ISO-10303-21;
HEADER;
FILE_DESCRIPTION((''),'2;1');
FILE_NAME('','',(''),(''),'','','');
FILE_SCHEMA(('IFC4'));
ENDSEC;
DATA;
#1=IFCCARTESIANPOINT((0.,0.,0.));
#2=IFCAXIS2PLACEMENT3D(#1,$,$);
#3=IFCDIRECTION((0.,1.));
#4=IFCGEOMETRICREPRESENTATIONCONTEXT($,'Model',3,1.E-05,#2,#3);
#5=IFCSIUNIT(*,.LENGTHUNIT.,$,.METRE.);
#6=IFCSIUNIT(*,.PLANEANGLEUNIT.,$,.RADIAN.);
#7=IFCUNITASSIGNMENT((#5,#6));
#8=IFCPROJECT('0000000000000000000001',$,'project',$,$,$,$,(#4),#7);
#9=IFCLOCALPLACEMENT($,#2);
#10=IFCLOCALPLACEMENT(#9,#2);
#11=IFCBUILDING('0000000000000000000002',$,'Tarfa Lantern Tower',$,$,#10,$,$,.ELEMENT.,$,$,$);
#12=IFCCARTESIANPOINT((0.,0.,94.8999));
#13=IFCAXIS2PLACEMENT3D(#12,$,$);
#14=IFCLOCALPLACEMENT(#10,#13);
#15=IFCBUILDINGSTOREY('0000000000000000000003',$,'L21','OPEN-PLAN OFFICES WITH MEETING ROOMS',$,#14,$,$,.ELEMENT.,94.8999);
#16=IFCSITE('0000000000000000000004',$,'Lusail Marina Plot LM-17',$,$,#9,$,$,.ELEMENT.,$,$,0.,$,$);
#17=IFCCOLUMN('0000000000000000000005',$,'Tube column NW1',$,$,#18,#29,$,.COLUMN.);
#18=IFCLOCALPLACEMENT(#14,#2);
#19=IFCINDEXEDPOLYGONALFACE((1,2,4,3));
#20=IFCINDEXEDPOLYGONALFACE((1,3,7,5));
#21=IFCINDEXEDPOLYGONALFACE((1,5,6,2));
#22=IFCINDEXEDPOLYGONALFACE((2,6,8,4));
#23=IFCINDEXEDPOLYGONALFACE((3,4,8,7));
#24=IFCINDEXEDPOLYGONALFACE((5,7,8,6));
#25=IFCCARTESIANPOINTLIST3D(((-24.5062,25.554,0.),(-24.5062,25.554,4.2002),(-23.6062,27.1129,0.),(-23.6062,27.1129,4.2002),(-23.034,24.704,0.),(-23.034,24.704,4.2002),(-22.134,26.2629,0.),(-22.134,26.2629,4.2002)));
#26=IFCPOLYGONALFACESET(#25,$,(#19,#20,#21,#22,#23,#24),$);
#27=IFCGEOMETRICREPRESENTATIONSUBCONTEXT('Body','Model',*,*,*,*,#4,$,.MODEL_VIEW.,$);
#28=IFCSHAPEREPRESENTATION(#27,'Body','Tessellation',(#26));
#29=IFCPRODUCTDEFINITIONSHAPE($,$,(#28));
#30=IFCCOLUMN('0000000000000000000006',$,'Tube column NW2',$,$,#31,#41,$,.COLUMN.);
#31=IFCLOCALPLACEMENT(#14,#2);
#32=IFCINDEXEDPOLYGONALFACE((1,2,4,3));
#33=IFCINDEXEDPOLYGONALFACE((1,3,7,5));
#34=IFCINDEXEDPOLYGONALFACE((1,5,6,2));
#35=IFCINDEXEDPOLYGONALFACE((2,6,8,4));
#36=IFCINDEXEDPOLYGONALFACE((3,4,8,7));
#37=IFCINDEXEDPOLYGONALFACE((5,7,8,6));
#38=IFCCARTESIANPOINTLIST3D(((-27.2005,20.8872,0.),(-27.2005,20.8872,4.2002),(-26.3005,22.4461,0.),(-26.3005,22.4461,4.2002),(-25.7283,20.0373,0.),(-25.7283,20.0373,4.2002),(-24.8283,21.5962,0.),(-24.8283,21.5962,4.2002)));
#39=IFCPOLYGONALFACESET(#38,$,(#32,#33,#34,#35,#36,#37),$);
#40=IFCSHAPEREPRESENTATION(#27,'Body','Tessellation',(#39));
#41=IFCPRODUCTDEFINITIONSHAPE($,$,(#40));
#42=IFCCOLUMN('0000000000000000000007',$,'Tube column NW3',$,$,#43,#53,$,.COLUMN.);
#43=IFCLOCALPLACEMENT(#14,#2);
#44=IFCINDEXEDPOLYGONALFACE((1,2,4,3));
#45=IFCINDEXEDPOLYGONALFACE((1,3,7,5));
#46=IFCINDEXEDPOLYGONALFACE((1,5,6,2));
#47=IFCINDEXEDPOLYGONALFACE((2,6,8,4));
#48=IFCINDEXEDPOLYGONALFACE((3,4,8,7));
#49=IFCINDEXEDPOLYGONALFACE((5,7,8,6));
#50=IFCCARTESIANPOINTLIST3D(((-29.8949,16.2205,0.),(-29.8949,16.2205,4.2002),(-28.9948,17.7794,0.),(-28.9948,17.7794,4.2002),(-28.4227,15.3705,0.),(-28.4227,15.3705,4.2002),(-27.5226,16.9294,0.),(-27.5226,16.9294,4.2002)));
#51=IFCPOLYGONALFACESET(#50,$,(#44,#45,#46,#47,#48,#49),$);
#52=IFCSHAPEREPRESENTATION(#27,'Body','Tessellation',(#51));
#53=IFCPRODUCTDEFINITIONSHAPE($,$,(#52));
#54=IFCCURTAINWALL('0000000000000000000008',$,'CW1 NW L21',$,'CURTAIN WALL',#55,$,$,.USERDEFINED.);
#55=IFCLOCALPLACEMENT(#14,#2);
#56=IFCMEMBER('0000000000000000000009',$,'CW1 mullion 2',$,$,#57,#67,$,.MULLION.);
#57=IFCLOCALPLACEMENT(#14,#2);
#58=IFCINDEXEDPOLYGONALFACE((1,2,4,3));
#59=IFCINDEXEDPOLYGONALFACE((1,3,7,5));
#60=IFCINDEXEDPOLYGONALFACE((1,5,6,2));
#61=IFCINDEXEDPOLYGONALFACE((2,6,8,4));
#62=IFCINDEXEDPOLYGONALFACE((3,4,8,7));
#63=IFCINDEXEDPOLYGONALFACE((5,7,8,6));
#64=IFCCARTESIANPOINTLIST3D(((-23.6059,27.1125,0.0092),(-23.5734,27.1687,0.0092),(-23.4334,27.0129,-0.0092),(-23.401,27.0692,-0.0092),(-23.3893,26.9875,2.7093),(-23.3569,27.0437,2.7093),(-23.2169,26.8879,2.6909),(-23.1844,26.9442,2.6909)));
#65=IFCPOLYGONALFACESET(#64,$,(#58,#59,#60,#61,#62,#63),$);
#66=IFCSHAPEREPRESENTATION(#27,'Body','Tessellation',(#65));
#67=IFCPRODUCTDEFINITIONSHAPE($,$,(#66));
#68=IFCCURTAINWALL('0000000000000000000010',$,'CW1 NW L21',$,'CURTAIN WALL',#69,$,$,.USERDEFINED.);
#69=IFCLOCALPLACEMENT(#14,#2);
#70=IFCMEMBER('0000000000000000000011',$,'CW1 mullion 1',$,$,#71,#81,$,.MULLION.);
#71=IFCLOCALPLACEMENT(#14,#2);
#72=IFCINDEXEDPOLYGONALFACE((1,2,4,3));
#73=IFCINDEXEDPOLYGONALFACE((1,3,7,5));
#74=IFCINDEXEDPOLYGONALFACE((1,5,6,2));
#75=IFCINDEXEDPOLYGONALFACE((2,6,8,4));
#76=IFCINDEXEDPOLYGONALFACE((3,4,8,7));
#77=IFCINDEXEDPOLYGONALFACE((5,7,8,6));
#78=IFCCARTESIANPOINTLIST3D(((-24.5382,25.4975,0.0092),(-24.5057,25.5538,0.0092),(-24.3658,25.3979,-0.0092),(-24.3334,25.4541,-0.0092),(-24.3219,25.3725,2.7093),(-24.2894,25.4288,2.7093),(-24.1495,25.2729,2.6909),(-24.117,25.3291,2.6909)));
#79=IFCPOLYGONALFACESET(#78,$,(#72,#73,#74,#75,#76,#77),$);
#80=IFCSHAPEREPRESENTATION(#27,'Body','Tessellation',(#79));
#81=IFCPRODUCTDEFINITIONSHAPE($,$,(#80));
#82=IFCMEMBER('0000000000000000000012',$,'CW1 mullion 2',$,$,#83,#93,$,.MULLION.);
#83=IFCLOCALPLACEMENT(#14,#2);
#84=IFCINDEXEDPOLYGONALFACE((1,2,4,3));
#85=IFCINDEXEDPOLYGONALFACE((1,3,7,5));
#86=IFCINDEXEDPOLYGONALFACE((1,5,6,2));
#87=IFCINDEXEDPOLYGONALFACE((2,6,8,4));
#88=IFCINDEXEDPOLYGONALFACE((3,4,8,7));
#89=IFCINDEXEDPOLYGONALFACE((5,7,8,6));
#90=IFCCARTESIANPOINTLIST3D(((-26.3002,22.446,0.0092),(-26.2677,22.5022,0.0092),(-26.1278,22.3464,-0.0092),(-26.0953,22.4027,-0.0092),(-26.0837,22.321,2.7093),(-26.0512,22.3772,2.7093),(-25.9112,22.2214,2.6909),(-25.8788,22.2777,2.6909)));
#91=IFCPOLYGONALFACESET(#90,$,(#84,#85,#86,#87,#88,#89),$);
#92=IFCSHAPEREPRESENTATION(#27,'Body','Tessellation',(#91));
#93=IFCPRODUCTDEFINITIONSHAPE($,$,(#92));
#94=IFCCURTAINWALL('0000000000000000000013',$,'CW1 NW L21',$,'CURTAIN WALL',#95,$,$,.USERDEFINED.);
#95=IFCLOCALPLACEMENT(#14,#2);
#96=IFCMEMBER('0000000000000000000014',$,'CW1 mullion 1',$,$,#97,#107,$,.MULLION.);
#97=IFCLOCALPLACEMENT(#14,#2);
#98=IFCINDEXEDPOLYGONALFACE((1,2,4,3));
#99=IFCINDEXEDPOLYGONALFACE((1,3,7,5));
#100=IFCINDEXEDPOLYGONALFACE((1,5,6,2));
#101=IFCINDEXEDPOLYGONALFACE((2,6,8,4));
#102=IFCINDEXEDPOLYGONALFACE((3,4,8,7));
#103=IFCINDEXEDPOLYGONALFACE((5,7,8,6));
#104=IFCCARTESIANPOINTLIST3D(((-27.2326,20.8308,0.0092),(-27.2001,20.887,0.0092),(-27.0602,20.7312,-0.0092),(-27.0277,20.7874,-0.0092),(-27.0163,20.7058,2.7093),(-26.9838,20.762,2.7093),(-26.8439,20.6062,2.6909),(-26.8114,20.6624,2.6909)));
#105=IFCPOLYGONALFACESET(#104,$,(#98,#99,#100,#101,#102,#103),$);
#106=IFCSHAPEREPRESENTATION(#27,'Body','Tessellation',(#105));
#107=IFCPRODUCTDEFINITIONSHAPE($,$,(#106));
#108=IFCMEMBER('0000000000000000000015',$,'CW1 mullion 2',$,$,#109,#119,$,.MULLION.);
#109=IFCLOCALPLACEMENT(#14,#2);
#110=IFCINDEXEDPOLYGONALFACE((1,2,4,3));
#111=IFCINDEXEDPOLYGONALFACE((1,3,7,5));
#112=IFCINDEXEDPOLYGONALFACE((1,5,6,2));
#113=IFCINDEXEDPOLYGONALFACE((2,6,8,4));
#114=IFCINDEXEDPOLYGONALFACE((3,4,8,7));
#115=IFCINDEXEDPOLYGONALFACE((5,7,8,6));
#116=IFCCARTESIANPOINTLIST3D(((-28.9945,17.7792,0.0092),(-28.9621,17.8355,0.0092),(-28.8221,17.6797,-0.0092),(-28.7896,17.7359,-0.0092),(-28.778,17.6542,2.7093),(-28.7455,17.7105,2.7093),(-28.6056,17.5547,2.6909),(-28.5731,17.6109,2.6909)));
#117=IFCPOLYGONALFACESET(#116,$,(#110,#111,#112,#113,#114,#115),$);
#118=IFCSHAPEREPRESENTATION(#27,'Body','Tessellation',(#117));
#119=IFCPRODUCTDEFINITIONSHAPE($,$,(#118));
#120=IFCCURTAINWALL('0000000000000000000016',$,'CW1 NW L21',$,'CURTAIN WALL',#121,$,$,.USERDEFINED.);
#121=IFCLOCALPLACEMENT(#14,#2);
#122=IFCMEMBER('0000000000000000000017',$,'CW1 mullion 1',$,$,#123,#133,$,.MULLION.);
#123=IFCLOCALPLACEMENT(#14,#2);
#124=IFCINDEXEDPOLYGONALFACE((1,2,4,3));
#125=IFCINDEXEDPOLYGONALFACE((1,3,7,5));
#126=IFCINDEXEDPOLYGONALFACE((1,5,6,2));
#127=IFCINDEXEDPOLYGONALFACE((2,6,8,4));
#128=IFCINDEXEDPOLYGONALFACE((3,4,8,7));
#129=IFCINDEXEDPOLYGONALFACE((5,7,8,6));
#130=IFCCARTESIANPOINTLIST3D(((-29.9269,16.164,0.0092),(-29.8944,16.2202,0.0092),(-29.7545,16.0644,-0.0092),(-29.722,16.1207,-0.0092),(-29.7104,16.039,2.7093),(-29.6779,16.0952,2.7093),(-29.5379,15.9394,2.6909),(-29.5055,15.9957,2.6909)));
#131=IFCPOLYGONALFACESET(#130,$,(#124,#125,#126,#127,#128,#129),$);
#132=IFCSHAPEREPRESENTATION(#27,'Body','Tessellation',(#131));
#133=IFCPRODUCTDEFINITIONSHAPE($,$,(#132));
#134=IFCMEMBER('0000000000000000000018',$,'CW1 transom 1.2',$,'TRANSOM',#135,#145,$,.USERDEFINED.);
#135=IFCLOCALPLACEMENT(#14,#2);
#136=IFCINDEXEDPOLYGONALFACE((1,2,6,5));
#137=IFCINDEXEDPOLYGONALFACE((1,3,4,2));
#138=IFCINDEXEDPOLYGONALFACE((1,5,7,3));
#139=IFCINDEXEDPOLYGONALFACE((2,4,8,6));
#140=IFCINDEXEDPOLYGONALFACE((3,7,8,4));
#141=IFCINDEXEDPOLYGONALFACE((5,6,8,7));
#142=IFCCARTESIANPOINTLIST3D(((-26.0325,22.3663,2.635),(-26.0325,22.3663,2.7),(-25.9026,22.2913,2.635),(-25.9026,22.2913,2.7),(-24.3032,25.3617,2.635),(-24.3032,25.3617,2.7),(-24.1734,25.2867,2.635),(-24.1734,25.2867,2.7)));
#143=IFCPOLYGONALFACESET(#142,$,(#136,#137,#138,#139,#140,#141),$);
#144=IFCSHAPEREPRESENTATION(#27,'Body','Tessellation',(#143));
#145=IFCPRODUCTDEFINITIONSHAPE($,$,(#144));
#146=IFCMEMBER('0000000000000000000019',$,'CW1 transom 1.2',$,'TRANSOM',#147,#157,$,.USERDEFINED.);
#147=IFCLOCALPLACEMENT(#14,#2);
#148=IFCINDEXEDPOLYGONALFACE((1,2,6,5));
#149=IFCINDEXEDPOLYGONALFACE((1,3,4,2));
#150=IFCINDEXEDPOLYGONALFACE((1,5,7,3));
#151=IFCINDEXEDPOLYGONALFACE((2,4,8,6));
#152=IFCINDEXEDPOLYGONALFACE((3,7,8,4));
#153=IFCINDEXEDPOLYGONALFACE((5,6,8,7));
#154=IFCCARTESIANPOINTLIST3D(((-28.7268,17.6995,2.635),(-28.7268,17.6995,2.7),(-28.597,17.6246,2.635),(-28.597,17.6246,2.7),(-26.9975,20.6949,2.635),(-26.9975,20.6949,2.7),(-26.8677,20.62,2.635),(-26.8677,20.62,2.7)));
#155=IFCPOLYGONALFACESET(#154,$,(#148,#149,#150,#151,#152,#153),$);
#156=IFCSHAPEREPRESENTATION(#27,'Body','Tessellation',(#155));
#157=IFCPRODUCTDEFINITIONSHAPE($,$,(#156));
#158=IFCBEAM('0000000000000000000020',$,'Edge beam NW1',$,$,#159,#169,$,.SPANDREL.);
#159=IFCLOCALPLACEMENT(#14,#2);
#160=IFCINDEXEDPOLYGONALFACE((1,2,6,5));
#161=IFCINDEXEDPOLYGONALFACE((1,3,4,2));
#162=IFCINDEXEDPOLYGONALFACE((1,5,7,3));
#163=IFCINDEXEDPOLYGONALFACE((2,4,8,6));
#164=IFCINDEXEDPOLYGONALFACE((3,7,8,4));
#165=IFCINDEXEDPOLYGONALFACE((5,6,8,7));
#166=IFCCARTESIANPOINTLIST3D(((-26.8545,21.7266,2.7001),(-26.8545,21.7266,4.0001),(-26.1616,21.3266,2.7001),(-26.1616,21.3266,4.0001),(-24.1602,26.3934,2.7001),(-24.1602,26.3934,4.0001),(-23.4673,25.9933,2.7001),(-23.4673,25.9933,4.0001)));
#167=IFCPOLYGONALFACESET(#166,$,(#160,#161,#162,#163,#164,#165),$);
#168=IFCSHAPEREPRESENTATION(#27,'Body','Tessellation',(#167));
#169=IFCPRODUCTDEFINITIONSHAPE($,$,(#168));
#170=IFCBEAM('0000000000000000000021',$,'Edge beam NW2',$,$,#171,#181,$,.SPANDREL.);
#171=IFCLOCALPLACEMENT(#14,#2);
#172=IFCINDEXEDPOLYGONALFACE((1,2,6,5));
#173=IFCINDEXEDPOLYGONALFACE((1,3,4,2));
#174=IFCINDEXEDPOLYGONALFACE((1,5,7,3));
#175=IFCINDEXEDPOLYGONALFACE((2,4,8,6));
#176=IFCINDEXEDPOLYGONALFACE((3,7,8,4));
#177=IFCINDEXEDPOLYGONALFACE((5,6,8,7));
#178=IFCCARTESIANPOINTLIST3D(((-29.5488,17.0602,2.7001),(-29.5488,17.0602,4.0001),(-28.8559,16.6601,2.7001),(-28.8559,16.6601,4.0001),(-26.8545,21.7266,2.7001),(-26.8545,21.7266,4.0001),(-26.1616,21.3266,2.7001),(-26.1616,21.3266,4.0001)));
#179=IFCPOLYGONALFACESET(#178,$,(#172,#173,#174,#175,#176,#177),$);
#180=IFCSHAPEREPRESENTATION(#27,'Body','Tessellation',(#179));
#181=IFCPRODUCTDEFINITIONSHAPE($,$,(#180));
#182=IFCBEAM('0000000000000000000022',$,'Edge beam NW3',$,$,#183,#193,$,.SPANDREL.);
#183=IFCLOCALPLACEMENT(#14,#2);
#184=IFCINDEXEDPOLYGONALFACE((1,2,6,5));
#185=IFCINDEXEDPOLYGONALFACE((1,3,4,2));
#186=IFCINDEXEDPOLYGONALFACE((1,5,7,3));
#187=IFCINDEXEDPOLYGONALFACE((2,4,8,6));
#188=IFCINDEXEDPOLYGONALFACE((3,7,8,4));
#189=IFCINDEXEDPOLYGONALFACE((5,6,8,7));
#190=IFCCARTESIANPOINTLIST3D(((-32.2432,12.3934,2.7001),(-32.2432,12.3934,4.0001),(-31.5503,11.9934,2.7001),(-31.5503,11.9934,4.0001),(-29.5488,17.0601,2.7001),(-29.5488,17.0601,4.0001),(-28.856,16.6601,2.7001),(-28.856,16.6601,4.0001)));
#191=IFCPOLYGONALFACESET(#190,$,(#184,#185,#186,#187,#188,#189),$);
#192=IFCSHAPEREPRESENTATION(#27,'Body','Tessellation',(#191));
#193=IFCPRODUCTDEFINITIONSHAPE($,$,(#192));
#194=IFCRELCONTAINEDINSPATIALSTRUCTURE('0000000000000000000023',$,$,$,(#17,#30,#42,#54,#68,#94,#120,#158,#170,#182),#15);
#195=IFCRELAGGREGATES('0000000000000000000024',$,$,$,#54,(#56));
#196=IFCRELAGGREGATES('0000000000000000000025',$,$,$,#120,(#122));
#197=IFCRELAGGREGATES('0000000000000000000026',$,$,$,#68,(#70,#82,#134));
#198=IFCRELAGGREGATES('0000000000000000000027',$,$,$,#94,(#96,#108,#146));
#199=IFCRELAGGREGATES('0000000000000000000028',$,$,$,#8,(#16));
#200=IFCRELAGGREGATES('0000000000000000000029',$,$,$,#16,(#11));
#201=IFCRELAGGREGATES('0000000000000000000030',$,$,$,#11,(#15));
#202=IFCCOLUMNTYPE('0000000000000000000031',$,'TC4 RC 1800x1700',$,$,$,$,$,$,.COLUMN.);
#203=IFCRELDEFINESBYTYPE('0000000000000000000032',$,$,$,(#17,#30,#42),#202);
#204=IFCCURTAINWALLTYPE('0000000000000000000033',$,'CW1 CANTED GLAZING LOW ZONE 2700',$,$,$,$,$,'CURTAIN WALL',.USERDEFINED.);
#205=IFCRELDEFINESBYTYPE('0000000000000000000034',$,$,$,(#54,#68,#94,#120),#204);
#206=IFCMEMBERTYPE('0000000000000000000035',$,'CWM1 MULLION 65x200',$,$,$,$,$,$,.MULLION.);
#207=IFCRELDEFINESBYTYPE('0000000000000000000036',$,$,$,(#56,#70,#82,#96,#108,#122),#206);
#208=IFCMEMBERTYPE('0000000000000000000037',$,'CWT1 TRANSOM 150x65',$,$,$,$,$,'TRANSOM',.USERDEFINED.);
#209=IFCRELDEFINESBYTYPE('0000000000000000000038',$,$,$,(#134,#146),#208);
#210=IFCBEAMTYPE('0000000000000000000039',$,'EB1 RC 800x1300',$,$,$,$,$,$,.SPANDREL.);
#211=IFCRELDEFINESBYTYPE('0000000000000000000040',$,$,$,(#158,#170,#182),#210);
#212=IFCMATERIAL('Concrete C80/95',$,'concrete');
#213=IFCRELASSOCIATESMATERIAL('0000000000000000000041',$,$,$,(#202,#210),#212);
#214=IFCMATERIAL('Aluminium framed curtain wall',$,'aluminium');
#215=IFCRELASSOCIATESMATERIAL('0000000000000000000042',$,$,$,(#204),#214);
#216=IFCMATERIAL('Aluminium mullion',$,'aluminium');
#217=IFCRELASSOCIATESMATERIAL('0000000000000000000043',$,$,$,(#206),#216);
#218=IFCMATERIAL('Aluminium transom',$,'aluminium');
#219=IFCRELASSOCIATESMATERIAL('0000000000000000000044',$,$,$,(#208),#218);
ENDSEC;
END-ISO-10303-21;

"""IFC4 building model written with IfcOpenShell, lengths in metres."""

from ifc_helpers import new_model, si_unit, direction, frame, origin, origin_2d, place, context, subcontext, project, spatial, rectangle, extrude, material, material_profile, profile_set, type_object, element, aggregate, save


model = new_model("IFC4")

# Units and contexts
model_context = context("Model", 3, precision=1e-05, world=origin(), true_north=direction((0.0, 1.0)))
body_context = subcontext(model_context, "Body", "Model", "MODEL_VIEW")
ifc_project = project(units=[si_unit("LENGTHUNIT", "METRE"), si_unit("PLANEANGLEUNIT", "RADIAN")], contexts=[model_context])

# Site, building, storey
site_placement = place(None, origin())
site = spatial("IfcSite", under=ifc_project, at=site_placement, Name="Lusail Marina Plot LM-17", CompositionType="ELEMENT", RefElevation=0.0)
building_placement = place(site_placement, origin())
building = spatial("IfcBuilding", under=site, at=building_placement, Name="Tarfa Lantern Tower", CompositionType="ELEMENT")
storey_placement = place(building_placement, frame((0.0, 0.0, 94.8999)))
storey = spatial("IfcBuildingStorey", under=building, at=storey_placement, Name="L21", Description="OPEN-PLAN OFFICES WITH MEETING ROOMS", CompositionType="ELEMENT", Elevation=94.8999)

# Columns
ifc_material_1 = material(Name="Concrete C80/95", Category="concrete")
ifc_material_profile_1 = material_profile(ifc_material_1, rectangle(XDim=1.8, YDim=1.7, at=origin_2d()), Name="RC 1800x1700")
ifc_profile_set_1 = profile_set([ifc_material_profile_1], Name="Concrete C80/95")
column_type = type_object("IfcColumnType", Name="TC4 RC 1800x1700", PredefinedType="COLUMN", material=ifc_profile_set_1)
for number, where, z_axis, x_axis, name in (
    (1, (-23.3201, 25.9084, 0.0), (0.0, 0.0, 1.0), (-0.5, -0.866025, 0.0), "Tube column NW1"),
    (2, (-26.0144, 21.2417, 0.0), (0.0, 0.0, 1.0), (-0.5, -0.866025, 0.0), "Tube column NW2"),
    (3, (-28.7087, 16.575, 0.0), (0.0, 0.0, 1.0), (-0.5, -0.866025, 0.0), "Tube column NW3"),
):
    element("IfcColumn", number, at=place(storey_placement, frame(where, z_axis=z_axis, x_axis=x_axis)), inside=storey, type_object=column_type, Name=name, PredefinedType="COLUMN", context=body_context, shape_type="SweptSolid", body=[
        extrude(rectangle(XDim=1.8, YDim=1.7, at=origin_2d()), origin(), (0.0, 0.0, 1.0), 4.2002),
    ])

# Curtain wall, member
ifc_material_2 = material(Name="Aluminium framed curtain wall", Category="aluminium")
curtain_wall_type = type_object("IfcCurtainWallType", Name="CW1 CANTED GLAZING LOW ZONE 2700", ElementType="CURTAIN WALL", PredefinedType="USERDEFINED", material=ifc_material_2)
curtain_wall_1_placement = place(storey_placement, origin())
curtain_wall_1 = element("IfcCurtainWall", 4, at=curtain_wall_1_placement, inside=storey, type_object=curtain_wall_type, Name="CW1 NW L21", ObjectType="CURTAIN WALL", PredefinedType="USERDEFINED")
ifc_material_3 = material(Name="Aluminium mullion", Category="aluminium")
ifc_material_profile_2 = material_profile(ifc_material_3, rectangle(XDim=0.0649, YDim=0.2, at=origin_2d()), Name="AL MULLION 65x200")
ifc_profile_set_2 = profile_set([ifc_material_profile_2], Name="Aluminium mullion")
member_type_1 = type_object("IfcMemberType", Name="CWM1 MULLION 65x200", PredefinedType="MULLION", material=ifc_profile_set_2)
member_1_placement = place(storey_placement, frame((-23.5034, 27.0908, 0.0), z_axis=(0.079857, -0.046096, 0.99574), x_axis=(0.49992, 0.866072, 0.0)))
member_1 = element("IfcMember", 5, at=member_1_placement, type_object=member_type_1, Name="CW1 mullion 2", PredefinedType="MULLION", context=body_context, shape_type="SweptSolid", body=[
    extrude(rectangle(XDim=0.0649, YDim=0.2, at=origin_2d()), origin(), (0.0, 0.0, 1.0), 2.7117),
])
aggregate(curtain_wall_1, [member_1])

# Curtain walls, members
curtain_wall_2_placement = place(storey_placement, origin())
curtain_wall_2 = element("IfcCurtainWall", 6, at=curtain_wall_2_placement, inside=storey, type_object=curtain_wall_type, Name="CW1 NW L21", ObjectType="CURTAIN WALL", PredefinedType="USERDEFINED")
member_2_placement = place(storey_placement, frame((-24.4358, 25.4758, 0.0), z_axis=(0.079768, -0.046096, 0.995747), x_axis=(0.500343, 0.865827, 0.0)))
member_2 = element("IfcMember", 7, at=member_2_placement, type_object=member_type_1, Name="CW1 mullion 1", PredefinedType="MULLION", context=body_context, shape_type="SweptSolid", body=[
    extrude(rectangle(XDim=0.0649, YDim=0.2, at=origin_2d()), origin(), (0.0, 0.0, 1.0), 2.7117),
])
member_3_placement = place(storey_placement, frame((-26.1978, 22.4243, 0.0), z_axis=(0.079857, -0.046096, 0.99574), x_axis=(0.49992, 0.866072, 0.0)))
member_3 = element("IfcMember", 8, at=member_3_placement, type_object=member_type_1, Name="CW1 mullion 2", PredefinedType="MULLION", context=body_context, shape_type="SweptSolid", body=[
    extrude(rectangle(XDim=0.0649, YDim=0.2, at=origin_2d()), origin(), (0.0, 0.0, 1.0), 2.7117),
])
curtain_wall_3_placement = place(storey_placement, origin())
curtain_wall_3 = element("IfcCurtainWall", 9, at=curtain_wall_3_placement, inside=storey, type_object=curtain_wall_type, Name="CW1 NW L21", ObjectType="CURTAIN WALL", PredefinedType="USERDEFINED")
member_4_placement = place(storey_placement, frame((-27.1301, 20.8091, 0.0), z_axis=(0.079768, -0.046096, 0.995747), x_axis=(0.500343, 0.865827, 0.0)))
member_4 = element("IfcMember", 10, at=member_4_placement, type_object=member_type_1, Name="CW1 mullion 1", PredefinedType="MULLION", context=body_context, shape_type="SweptSolid", body=[
    extrude(rectangle(XDim=0.0649, YDim=0.2, at=origin_2d()), origin(), (0.0, 0.0, 1.0), 2.7117),
])
member_5_placement = place(storey_placement, frame((-28.8921, 17.7576, 0.0), z_axis=(0.079857, -0.046096, 0.99574), x_axis=(0.49992, 0.866072, 0.0)))
member_5 = element("IfcMember", 11, at=member_5_placement, type_object=member_type_1, Name="CW1 mullion 2", PredefinedType="MULLION", context=body_context, shape_type="SweptSolid", body=[
    extrude(rectangle(XDim=0.0649, YDim=0.2, at=origin_2d()), origin(), (0.0, 0.0, 1.0), 2.7117),
])

# Curtain wall, member
curtain_wall_4_placement = place(storey_placement, origin())
curtain_wall_4 = element("IfcCurtainWall", 12, at=curtain_wall_4_placement, inside=storey, type_object=curtain_wall_type, Name="CW1 NW L21", ObjectType="CURTAIN WALL", PredefinedType="USERDEFINED")
member_6_placement = place(storey_placement, frame((-29.8245, 16.1423, 0.0), z_axis=(0.079857, -0.046096, 0.99574), x_axis=(0.49992, 0.866072, 0.0)))
member_6 = element("IfcMember", 13, at=member_6_placement, type_object=member_type_1, Name="CW1 mullion 1", PredefinedType="MULLION", context=body_context, shape_type="SweptSolid", body=[
    extrude(rectangle(XDim=0.0649, YDim=0.2, at=origin_2d()), origin(), (0.0, 0.0, 1.0), 2.7117),
])
aggregate(curtain_wall_4, [member_6])

# Members
ifc_material_4 = material(Name="Aluminium transom", Category="aluminium")
ifc_material_profile_3 = material_profile(ifc_material_4, rectangle(XDim=0.1499, YDim=0.0649, at=origin_2d()), Name="AL TRANSOM 150x65")
ifc_profile_set_3 = profile_set([ifc_material_profile_3], Name="Aluminium transom")
member_type_2 = type_object("IfcMemberType", Name="CWT1 TRANSOM 150x65", ElementType="TRANSOM", PredefinedType="USERDEFINED", material=ifc_profile_set_3)
member_7_placement = place(storey_placement, frame((-24.2383, 25.3242, 2.6675), z_axis=(-0.499973, -0.866041, 0.0), x_axis=(0.866041, -0.499973, 0.0)))
member_7 = element("IfcMember", 14, at=member_7_placement, type_object=member_type_2, Name="CW1 transom 1.2", ObjectType="TRANSOM", PredefinedType="USERDEFINED", context=body_context, shape_type="SweptSolid", body=[
    extrude(rectangle(XDim=0.1499, YDim=0.0649, at=origin_2d()), origin(), (0.0, 0.0, 1.0), 3.4587),
])
member_8_placement = place(storey_placement, frame((-26.9326, 20.6575, 2.6675), z_axis=(-0.499973, -0.866041, 0.0), x_axis=(0.866041, -0.499973, 0.0)))
member_8 = element("IfcMember", 15, at=member_8_placement, type_object=member_type_2, Name="CW1 transom 1.2", ObjectType="TRANSOM", PredefinedType="USERDEFINED", context=body_context, shape_type="SweptSolid", body=[
    extrude(rectangle(XDim=0.1499, YDim=0.0649, at=origin_2d()), origin(), (0.0, 0.0, 1.0), 3.4587),
])

# Beams
ifc_material_profile_4 = material_profile(ifc_material_1, rectangle(XDim=0.8, YDim=1.3, at=origin_2d()), Name="RC 800x1300")
ifc_profile_set_4 = profile_set([ifc_material_profile_4], Name="Concrete C80/95")
beam_type_1 = type_object("IfcBeamType", Name="EB1 RC 800x1300", PredefinedType="SPANDREL", material=ifc_profile_set_4)
beam_1_placement = place(storey_placement, frame((-23.8137, 26.1934, 3.3501), z_axis=(-0.499998, -0.866026, 0.0), x_axis=(0.866026, -0.499998, 0.0)))
element("IfcBeam", 16, at=beam_1_placement, inside=storey, type_object=beam_type_1, Name="Edge beam NW1", PredefinedType="SPANDREL", context=body_context, shape_type="SweptSolid", body=[
    extrude(rectangle(XDim=0.8, YDim=1.3, at=origin_2d()), origin(), (0.0, 0.0, 1.0), 5.3887),
])
beam_2_placement = place(storey_placement, frame((-26.5081, 21.5266, 3.3501), z_axis=(-0.500018, -0.866015, 0.0), x_axis=(0.866015, -0.500018, 0.0)))
element("IfcBeam", 17, at=beam_2_placement, inside=storey, type_object=beam_type_1, Name="Edge beam NW2", PredefinedType="SPANDREL", context=body_context, shape_type="SweptSolid", body=[
    extrude(rectangle(XDim=0.8, YDim=1.3, at=origin_2d()), origin(), (0.0, 0.0, 1.0), 5.3884),
])
beam_3_placement = place(storey_placement, frame((-29.2024, 16.8601, 3.3501), z_axis=(-0.499998, -0.866026, 0.0), x_axis=(0.866026, -0.499998, 0.0)))
element("IfcBeam", 18, at=beam_3_placement, inside=storey, type_object=beam_type_1, Name="Edge beam NW3", PredefinedType="SPANDREL", context=body_context, shape_type="SweptSolid", body=[
    extrude(rectangle(XDim=0.8, YDim=1.3, at=origin_2d()), origin(), (0.0, 0.0, 1.0), 5.3887),
])

aggregate(curtain_wall_2, [member_2, member_3, member_7])
aggregate(curtain_wall_3, [member_4, member_5, member_8])

save(model, "model.ifc")
